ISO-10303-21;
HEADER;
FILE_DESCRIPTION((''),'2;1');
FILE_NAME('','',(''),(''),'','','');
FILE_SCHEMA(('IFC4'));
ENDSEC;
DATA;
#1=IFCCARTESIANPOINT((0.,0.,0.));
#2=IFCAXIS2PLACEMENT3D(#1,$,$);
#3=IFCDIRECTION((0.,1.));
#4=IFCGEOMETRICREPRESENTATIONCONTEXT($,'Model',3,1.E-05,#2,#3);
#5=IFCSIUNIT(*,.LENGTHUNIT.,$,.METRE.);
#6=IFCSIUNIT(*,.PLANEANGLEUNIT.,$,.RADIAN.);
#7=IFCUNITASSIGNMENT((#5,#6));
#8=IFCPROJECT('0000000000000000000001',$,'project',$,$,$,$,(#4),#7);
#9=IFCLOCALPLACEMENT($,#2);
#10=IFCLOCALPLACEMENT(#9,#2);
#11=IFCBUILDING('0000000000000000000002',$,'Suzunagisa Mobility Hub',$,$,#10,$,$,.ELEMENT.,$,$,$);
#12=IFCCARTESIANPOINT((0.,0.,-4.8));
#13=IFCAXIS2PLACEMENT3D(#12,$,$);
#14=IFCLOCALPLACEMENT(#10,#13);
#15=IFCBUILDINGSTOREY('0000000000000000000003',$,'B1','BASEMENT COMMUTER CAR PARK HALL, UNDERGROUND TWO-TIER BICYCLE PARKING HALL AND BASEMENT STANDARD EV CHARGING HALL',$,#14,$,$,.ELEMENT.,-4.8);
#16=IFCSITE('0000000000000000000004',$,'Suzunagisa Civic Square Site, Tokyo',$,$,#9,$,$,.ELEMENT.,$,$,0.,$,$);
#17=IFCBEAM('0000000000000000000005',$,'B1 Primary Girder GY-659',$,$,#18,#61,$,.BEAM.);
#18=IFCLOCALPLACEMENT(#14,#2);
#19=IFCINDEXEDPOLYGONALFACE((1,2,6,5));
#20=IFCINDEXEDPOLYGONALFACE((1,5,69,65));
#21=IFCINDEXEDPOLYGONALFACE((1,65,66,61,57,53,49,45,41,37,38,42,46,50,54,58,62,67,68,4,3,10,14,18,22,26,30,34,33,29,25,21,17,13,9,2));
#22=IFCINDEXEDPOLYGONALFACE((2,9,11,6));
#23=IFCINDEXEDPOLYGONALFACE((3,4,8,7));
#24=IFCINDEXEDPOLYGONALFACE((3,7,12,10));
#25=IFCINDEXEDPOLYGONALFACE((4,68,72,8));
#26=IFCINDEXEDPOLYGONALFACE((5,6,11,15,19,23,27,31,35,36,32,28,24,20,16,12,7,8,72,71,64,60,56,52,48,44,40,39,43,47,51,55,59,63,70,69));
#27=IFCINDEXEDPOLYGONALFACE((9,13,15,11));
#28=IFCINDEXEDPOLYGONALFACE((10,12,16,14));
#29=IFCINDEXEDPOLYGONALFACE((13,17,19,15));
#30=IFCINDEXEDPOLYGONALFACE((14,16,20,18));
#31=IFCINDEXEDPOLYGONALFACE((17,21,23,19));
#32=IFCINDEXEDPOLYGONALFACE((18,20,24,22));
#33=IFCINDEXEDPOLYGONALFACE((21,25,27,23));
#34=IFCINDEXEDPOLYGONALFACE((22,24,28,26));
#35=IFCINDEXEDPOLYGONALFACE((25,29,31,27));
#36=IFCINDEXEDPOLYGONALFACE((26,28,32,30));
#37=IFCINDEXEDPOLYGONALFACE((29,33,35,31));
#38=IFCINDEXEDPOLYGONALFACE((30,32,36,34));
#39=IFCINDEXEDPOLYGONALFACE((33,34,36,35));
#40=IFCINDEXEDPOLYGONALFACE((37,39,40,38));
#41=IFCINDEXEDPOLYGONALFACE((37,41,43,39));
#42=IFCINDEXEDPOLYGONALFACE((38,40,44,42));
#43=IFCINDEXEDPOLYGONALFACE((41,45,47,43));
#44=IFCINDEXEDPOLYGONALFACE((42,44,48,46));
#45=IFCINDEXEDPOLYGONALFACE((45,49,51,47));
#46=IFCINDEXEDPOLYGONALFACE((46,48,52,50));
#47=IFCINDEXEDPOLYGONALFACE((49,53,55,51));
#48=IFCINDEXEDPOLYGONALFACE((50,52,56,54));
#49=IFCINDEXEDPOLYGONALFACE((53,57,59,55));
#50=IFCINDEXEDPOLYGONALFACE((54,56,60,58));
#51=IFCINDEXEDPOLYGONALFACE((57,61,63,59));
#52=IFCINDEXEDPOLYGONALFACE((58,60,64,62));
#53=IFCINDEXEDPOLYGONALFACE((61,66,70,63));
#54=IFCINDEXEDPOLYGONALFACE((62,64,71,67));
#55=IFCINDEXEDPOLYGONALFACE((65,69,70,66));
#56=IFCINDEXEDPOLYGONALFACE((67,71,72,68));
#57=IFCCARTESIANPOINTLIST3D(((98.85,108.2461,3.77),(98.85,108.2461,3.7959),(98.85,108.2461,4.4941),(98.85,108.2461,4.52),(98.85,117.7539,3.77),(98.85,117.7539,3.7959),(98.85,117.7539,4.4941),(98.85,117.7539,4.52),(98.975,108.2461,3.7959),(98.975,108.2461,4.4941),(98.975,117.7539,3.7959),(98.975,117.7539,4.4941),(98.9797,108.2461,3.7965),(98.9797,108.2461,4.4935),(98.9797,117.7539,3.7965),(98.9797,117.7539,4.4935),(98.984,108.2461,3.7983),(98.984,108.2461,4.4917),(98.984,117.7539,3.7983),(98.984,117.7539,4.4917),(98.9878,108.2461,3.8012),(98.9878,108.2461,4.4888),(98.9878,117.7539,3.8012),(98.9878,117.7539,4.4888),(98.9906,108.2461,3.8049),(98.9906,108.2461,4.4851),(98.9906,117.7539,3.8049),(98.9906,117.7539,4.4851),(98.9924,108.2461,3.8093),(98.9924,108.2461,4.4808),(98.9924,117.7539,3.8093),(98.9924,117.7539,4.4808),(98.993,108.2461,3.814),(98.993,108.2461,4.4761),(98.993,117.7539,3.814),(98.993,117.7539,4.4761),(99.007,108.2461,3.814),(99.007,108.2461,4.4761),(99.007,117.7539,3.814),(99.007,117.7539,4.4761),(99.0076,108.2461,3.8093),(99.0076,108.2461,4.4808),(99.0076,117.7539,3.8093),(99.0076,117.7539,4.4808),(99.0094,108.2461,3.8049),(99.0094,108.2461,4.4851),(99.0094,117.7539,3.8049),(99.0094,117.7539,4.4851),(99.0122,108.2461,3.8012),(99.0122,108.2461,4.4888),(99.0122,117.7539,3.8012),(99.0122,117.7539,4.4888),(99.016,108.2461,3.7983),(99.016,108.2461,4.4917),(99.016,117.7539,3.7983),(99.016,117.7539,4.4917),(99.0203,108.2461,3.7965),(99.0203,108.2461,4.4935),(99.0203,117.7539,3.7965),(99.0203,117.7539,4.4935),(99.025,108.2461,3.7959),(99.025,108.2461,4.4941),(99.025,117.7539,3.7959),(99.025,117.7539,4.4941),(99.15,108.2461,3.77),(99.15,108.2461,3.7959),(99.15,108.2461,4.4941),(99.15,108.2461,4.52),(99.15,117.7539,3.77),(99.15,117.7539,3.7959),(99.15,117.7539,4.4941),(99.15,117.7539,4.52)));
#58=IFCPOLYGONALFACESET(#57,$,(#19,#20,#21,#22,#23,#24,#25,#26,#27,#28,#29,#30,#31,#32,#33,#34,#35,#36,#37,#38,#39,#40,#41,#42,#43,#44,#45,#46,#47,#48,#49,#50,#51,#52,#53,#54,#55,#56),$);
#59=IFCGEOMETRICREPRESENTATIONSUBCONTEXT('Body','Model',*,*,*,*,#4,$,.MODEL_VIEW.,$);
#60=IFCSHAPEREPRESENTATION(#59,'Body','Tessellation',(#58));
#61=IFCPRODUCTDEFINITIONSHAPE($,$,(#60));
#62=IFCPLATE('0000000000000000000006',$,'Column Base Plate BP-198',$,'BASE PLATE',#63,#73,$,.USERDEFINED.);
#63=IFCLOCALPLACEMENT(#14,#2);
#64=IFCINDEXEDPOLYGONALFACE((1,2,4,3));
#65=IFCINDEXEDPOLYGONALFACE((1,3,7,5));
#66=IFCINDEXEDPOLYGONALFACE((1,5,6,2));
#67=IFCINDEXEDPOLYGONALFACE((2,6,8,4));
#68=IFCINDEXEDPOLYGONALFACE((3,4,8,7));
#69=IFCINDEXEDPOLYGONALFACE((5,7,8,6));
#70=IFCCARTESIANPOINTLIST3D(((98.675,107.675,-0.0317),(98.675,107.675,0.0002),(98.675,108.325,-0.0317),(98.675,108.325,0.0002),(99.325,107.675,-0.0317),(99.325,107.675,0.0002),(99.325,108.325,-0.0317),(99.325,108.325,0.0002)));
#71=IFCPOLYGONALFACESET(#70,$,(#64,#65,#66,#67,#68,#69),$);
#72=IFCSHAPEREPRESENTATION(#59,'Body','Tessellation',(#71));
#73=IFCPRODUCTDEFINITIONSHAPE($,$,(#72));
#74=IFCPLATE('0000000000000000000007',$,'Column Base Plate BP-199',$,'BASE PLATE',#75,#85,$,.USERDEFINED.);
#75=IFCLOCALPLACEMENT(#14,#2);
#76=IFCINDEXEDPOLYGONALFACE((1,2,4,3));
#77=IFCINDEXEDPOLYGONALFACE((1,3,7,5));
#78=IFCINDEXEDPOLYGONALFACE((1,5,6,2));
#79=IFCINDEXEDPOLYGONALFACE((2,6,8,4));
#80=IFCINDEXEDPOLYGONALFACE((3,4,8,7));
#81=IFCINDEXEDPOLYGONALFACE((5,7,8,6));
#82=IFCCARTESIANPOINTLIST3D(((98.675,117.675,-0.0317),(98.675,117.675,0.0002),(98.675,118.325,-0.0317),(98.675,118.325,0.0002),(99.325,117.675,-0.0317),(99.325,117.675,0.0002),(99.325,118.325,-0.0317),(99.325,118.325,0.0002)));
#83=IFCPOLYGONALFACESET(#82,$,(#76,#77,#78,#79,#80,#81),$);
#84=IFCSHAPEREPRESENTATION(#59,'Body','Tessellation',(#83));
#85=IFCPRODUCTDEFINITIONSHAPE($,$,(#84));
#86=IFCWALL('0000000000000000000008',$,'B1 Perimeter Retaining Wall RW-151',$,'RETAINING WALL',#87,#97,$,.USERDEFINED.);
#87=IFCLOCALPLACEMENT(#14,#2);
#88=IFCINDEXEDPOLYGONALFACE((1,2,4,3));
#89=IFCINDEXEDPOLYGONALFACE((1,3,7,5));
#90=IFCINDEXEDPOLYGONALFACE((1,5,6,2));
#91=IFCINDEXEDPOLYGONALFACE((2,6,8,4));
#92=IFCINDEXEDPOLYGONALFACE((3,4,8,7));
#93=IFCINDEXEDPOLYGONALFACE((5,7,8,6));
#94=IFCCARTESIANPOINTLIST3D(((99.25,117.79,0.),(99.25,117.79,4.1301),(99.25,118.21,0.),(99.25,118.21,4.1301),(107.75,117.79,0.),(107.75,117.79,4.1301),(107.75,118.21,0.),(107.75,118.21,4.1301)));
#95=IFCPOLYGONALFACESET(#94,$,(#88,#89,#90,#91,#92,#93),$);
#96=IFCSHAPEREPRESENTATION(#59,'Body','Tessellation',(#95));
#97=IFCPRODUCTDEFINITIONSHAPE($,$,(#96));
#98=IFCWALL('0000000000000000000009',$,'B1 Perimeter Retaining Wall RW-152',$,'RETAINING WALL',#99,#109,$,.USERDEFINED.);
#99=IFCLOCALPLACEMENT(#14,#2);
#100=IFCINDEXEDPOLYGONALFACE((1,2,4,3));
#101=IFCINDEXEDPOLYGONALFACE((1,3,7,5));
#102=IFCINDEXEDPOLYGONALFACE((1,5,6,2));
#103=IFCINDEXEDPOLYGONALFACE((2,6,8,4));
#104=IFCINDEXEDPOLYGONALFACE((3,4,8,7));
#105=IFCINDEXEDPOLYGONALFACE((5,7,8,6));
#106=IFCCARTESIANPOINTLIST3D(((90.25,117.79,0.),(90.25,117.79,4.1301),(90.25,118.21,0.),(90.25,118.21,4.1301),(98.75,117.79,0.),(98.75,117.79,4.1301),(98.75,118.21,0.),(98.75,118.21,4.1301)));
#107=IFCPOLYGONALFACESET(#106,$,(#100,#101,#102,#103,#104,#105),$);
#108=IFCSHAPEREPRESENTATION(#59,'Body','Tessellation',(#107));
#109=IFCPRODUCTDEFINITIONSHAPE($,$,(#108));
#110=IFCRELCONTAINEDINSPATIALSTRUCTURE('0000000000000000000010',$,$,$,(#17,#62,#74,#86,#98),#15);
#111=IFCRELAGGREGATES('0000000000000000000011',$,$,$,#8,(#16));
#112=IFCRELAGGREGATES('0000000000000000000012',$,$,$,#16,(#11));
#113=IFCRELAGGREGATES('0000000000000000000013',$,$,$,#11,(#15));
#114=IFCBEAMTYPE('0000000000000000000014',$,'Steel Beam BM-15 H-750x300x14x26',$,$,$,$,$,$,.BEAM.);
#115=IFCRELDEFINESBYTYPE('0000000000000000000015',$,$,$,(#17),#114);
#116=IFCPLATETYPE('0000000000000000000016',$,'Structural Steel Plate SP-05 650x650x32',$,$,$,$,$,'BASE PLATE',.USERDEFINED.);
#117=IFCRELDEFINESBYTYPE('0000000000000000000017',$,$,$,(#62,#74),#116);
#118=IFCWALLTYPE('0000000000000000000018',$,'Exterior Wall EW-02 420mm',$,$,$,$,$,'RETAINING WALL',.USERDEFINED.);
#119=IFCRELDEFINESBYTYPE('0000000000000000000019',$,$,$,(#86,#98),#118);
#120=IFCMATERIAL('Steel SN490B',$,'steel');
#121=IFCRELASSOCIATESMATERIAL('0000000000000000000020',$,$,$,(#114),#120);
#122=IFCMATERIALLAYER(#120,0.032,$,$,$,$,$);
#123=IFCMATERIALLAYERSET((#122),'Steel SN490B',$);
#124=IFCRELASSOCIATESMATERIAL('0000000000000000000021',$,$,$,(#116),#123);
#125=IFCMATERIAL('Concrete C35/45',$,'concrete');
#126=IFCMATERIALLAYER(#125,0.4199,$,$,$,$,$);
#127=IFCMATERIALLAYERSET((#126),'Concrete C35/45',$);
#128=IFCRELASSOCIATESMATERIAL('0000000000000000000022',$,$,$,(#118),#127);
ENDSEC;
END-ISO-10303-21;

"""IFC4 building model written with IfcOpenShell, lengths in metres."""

from ifc_helpers import new_model, si_unit, direction, frame, frame_2d, origin, origin_2d, place, context, subcontext, project, spatial, rectangle, i_section, extrude, material, layer, layer_set, material_profile, profile_set, type_object, element, save


model = new_model("IFC4")

# Units and contexts
model_context = context("Model", 3, precision=1e-05, world=origin(), true_north=direction((0.0, 1.0)))
body_context = subcontext(model_context, "Body", "Model", "MODEL_VIEW")
ifc_project = project(units=[si_unit("LENGTHUNIT", "METRE"), si_unit("PLANEANGLEUNIT", "RADIAN")], contexts=[model_context])

# Site, building, storey
site_placement = place(None, origin())
site = spatial("IfcSite", under=ifc_project, at=site_placement, Name="Suzunagisa Civic Square Site, Tokyo", CompositionType="ELEMENT", RefElevation=0.0)
building_placement = place(site_placement, origin())
building = spatial("IfcBuilding", under=site, at=building_placement, Name="Suzunagisa Mobility Hub", CompositionType="ELEMENT")
storey_placement = place(building_placement, frame((0.0, 0.0, -4.8)))
storey = spatial("IfcBuildingStorey", under=building, at=storey_placement, Name="B1", Description="BASEMENT COMMUTER CAR PARK HALL, UNDERGROUND TWO-TIER BICYCLE PARKING HALL AND BASEMENT STANDARD EV CHARGING HALL", CompositionType="ELEMENT", Elevation=-4.8)

# Shared definitions
ifc_material_1 = material(Name="Concrete C35/45", Category="concrete")

# Shared definitions
ifc_material_2 = material(Name="Steel SN490B", Category="steel")

# Beam
ifc_material_profile_1 = material_profile(ifc_material_2, i_section(OverallWidth=0.3, OverallDepth=0.75, WebThickness=0.0139, FlangeThickness=0.0259, FilletRadius=0.0181, at=origin_2d()), Name="H-750x300x14x26")
ifc_profile_set_1 = profile_set([ifc_material_profile_1], Name="Steel SN490B")
beam_type_1 = type_object("IfcBeamType", Name="Steel Beam BM-15 H-750x300x14x26", PredefinedType="BEAM", material=ifc_profile_set_1)
beam_1_placement = place(storey_placement, frame((99.0, 108.2461, 4.145), z_axis=(0.0, 1.0, 0.0), x_axis=(-1.0, 0.0, 0.0)))
element("IfcBeam", 1, at=beam_1_placement, inside=storey, type_object=beam_type_1, Name="B1 Primary Girder GY-659", PredefinedType="BEAM", context=body_context, shape_type="SweptSolid", body=[
    extrude(i_section(OverallWidth=0.3, OverallDepth=0.75, WebThickness=0.0139, FlangeThickness=0.0259, FilletRadius=0.0181, at=origin_2d()), origin(), (0.0, 0.0, 1.0), 9.5078),
])

# Plates
ifc_layer_1 = layer(ifc_material_2, 0.032)
ifc_layer_set_1 = layer_set([ifc_layer_1], Name="Steel SN490B")
plate_type = type_object("IfcPlateType", Name="Structural Steel Plate SP-05 650x650x32", ElementType="BASE PLATE", PredefinedType="USERDEFINED", material=ifc_layer_set_1)
for number, where, z_axis, x_axis, name in (
    (2, (99.0, 108.0, -0.0317), (0.0, 0.0, 1.0), (1.0, 0.0, 0.0), "Column Base Plate BP-198"),
    (3, (99.0, 118.0, -0.0317), (0.0, 0.0, 1.0), (1.0, 0.0, 0.0), "Column Base Plate BP-199"),
):
    element("IfcPlate", number, at=place(storey_placement, frame(where, z_axis=z_axis, x_axis=x_axis)), inside=storey, type_object=plate_type, Name=name, ObjectType="BASE PLATE", PredefinedType="USERDEFINED", context=body_context, shape_type="SweptSolid", body=[
        extrude(rectangle(XDim=0.6499, YDim=0.6499, at=origin_2d()), origin(), (0.0, 0.0, 1.0), 0.032),
    ])

# Walls
ifc_layer_2 = layer(ifc_material_1, 0.4199)
ifc_layer_set_2 = layer_set([ifc_layer_2], Name="Concrete C35/45")
wall_type = type_object("IfcWallType", Name="Exterior Wall EW-02 420mm", ElementType="RETAINING WALL", PredefinedType="USERDEFINED", material=ifc_layer_set_2)
for number, where, z_axis, x_axis, name in (
    (4, (107.75, 118.0, 0.0), (0.0, 0.0, 1.0), (-1.0, 0.0, 0.0), "B1 Perimeter Retaining Wall RW-151"),
    (5, (98.75, 118.0, 0.0), (0.0, 0.0, 1.0), (-1.0, 0.0, 0.0), "B1 Perimeter Retaining Wall RW-152"),
):
    element("IfcWall", number, at=place(storey_placement, frame(where, z_axis=z_axis, x_axis=x_axis)), inside=storey, type_object=wall_type, Name=name, ObjectType="RETAINING WALL", PredefinedType="USERDEFINED", context=body_context, shape_type="SweptSolid", body=[
        extrude(rectangle(XDim=8.5, YDim=0.4199, at=frame_2d((4.25, 0.0))), origin(), (0.0, 0.0, 1.0), 4.1301),
    ])

save(model, "model.ifc")
